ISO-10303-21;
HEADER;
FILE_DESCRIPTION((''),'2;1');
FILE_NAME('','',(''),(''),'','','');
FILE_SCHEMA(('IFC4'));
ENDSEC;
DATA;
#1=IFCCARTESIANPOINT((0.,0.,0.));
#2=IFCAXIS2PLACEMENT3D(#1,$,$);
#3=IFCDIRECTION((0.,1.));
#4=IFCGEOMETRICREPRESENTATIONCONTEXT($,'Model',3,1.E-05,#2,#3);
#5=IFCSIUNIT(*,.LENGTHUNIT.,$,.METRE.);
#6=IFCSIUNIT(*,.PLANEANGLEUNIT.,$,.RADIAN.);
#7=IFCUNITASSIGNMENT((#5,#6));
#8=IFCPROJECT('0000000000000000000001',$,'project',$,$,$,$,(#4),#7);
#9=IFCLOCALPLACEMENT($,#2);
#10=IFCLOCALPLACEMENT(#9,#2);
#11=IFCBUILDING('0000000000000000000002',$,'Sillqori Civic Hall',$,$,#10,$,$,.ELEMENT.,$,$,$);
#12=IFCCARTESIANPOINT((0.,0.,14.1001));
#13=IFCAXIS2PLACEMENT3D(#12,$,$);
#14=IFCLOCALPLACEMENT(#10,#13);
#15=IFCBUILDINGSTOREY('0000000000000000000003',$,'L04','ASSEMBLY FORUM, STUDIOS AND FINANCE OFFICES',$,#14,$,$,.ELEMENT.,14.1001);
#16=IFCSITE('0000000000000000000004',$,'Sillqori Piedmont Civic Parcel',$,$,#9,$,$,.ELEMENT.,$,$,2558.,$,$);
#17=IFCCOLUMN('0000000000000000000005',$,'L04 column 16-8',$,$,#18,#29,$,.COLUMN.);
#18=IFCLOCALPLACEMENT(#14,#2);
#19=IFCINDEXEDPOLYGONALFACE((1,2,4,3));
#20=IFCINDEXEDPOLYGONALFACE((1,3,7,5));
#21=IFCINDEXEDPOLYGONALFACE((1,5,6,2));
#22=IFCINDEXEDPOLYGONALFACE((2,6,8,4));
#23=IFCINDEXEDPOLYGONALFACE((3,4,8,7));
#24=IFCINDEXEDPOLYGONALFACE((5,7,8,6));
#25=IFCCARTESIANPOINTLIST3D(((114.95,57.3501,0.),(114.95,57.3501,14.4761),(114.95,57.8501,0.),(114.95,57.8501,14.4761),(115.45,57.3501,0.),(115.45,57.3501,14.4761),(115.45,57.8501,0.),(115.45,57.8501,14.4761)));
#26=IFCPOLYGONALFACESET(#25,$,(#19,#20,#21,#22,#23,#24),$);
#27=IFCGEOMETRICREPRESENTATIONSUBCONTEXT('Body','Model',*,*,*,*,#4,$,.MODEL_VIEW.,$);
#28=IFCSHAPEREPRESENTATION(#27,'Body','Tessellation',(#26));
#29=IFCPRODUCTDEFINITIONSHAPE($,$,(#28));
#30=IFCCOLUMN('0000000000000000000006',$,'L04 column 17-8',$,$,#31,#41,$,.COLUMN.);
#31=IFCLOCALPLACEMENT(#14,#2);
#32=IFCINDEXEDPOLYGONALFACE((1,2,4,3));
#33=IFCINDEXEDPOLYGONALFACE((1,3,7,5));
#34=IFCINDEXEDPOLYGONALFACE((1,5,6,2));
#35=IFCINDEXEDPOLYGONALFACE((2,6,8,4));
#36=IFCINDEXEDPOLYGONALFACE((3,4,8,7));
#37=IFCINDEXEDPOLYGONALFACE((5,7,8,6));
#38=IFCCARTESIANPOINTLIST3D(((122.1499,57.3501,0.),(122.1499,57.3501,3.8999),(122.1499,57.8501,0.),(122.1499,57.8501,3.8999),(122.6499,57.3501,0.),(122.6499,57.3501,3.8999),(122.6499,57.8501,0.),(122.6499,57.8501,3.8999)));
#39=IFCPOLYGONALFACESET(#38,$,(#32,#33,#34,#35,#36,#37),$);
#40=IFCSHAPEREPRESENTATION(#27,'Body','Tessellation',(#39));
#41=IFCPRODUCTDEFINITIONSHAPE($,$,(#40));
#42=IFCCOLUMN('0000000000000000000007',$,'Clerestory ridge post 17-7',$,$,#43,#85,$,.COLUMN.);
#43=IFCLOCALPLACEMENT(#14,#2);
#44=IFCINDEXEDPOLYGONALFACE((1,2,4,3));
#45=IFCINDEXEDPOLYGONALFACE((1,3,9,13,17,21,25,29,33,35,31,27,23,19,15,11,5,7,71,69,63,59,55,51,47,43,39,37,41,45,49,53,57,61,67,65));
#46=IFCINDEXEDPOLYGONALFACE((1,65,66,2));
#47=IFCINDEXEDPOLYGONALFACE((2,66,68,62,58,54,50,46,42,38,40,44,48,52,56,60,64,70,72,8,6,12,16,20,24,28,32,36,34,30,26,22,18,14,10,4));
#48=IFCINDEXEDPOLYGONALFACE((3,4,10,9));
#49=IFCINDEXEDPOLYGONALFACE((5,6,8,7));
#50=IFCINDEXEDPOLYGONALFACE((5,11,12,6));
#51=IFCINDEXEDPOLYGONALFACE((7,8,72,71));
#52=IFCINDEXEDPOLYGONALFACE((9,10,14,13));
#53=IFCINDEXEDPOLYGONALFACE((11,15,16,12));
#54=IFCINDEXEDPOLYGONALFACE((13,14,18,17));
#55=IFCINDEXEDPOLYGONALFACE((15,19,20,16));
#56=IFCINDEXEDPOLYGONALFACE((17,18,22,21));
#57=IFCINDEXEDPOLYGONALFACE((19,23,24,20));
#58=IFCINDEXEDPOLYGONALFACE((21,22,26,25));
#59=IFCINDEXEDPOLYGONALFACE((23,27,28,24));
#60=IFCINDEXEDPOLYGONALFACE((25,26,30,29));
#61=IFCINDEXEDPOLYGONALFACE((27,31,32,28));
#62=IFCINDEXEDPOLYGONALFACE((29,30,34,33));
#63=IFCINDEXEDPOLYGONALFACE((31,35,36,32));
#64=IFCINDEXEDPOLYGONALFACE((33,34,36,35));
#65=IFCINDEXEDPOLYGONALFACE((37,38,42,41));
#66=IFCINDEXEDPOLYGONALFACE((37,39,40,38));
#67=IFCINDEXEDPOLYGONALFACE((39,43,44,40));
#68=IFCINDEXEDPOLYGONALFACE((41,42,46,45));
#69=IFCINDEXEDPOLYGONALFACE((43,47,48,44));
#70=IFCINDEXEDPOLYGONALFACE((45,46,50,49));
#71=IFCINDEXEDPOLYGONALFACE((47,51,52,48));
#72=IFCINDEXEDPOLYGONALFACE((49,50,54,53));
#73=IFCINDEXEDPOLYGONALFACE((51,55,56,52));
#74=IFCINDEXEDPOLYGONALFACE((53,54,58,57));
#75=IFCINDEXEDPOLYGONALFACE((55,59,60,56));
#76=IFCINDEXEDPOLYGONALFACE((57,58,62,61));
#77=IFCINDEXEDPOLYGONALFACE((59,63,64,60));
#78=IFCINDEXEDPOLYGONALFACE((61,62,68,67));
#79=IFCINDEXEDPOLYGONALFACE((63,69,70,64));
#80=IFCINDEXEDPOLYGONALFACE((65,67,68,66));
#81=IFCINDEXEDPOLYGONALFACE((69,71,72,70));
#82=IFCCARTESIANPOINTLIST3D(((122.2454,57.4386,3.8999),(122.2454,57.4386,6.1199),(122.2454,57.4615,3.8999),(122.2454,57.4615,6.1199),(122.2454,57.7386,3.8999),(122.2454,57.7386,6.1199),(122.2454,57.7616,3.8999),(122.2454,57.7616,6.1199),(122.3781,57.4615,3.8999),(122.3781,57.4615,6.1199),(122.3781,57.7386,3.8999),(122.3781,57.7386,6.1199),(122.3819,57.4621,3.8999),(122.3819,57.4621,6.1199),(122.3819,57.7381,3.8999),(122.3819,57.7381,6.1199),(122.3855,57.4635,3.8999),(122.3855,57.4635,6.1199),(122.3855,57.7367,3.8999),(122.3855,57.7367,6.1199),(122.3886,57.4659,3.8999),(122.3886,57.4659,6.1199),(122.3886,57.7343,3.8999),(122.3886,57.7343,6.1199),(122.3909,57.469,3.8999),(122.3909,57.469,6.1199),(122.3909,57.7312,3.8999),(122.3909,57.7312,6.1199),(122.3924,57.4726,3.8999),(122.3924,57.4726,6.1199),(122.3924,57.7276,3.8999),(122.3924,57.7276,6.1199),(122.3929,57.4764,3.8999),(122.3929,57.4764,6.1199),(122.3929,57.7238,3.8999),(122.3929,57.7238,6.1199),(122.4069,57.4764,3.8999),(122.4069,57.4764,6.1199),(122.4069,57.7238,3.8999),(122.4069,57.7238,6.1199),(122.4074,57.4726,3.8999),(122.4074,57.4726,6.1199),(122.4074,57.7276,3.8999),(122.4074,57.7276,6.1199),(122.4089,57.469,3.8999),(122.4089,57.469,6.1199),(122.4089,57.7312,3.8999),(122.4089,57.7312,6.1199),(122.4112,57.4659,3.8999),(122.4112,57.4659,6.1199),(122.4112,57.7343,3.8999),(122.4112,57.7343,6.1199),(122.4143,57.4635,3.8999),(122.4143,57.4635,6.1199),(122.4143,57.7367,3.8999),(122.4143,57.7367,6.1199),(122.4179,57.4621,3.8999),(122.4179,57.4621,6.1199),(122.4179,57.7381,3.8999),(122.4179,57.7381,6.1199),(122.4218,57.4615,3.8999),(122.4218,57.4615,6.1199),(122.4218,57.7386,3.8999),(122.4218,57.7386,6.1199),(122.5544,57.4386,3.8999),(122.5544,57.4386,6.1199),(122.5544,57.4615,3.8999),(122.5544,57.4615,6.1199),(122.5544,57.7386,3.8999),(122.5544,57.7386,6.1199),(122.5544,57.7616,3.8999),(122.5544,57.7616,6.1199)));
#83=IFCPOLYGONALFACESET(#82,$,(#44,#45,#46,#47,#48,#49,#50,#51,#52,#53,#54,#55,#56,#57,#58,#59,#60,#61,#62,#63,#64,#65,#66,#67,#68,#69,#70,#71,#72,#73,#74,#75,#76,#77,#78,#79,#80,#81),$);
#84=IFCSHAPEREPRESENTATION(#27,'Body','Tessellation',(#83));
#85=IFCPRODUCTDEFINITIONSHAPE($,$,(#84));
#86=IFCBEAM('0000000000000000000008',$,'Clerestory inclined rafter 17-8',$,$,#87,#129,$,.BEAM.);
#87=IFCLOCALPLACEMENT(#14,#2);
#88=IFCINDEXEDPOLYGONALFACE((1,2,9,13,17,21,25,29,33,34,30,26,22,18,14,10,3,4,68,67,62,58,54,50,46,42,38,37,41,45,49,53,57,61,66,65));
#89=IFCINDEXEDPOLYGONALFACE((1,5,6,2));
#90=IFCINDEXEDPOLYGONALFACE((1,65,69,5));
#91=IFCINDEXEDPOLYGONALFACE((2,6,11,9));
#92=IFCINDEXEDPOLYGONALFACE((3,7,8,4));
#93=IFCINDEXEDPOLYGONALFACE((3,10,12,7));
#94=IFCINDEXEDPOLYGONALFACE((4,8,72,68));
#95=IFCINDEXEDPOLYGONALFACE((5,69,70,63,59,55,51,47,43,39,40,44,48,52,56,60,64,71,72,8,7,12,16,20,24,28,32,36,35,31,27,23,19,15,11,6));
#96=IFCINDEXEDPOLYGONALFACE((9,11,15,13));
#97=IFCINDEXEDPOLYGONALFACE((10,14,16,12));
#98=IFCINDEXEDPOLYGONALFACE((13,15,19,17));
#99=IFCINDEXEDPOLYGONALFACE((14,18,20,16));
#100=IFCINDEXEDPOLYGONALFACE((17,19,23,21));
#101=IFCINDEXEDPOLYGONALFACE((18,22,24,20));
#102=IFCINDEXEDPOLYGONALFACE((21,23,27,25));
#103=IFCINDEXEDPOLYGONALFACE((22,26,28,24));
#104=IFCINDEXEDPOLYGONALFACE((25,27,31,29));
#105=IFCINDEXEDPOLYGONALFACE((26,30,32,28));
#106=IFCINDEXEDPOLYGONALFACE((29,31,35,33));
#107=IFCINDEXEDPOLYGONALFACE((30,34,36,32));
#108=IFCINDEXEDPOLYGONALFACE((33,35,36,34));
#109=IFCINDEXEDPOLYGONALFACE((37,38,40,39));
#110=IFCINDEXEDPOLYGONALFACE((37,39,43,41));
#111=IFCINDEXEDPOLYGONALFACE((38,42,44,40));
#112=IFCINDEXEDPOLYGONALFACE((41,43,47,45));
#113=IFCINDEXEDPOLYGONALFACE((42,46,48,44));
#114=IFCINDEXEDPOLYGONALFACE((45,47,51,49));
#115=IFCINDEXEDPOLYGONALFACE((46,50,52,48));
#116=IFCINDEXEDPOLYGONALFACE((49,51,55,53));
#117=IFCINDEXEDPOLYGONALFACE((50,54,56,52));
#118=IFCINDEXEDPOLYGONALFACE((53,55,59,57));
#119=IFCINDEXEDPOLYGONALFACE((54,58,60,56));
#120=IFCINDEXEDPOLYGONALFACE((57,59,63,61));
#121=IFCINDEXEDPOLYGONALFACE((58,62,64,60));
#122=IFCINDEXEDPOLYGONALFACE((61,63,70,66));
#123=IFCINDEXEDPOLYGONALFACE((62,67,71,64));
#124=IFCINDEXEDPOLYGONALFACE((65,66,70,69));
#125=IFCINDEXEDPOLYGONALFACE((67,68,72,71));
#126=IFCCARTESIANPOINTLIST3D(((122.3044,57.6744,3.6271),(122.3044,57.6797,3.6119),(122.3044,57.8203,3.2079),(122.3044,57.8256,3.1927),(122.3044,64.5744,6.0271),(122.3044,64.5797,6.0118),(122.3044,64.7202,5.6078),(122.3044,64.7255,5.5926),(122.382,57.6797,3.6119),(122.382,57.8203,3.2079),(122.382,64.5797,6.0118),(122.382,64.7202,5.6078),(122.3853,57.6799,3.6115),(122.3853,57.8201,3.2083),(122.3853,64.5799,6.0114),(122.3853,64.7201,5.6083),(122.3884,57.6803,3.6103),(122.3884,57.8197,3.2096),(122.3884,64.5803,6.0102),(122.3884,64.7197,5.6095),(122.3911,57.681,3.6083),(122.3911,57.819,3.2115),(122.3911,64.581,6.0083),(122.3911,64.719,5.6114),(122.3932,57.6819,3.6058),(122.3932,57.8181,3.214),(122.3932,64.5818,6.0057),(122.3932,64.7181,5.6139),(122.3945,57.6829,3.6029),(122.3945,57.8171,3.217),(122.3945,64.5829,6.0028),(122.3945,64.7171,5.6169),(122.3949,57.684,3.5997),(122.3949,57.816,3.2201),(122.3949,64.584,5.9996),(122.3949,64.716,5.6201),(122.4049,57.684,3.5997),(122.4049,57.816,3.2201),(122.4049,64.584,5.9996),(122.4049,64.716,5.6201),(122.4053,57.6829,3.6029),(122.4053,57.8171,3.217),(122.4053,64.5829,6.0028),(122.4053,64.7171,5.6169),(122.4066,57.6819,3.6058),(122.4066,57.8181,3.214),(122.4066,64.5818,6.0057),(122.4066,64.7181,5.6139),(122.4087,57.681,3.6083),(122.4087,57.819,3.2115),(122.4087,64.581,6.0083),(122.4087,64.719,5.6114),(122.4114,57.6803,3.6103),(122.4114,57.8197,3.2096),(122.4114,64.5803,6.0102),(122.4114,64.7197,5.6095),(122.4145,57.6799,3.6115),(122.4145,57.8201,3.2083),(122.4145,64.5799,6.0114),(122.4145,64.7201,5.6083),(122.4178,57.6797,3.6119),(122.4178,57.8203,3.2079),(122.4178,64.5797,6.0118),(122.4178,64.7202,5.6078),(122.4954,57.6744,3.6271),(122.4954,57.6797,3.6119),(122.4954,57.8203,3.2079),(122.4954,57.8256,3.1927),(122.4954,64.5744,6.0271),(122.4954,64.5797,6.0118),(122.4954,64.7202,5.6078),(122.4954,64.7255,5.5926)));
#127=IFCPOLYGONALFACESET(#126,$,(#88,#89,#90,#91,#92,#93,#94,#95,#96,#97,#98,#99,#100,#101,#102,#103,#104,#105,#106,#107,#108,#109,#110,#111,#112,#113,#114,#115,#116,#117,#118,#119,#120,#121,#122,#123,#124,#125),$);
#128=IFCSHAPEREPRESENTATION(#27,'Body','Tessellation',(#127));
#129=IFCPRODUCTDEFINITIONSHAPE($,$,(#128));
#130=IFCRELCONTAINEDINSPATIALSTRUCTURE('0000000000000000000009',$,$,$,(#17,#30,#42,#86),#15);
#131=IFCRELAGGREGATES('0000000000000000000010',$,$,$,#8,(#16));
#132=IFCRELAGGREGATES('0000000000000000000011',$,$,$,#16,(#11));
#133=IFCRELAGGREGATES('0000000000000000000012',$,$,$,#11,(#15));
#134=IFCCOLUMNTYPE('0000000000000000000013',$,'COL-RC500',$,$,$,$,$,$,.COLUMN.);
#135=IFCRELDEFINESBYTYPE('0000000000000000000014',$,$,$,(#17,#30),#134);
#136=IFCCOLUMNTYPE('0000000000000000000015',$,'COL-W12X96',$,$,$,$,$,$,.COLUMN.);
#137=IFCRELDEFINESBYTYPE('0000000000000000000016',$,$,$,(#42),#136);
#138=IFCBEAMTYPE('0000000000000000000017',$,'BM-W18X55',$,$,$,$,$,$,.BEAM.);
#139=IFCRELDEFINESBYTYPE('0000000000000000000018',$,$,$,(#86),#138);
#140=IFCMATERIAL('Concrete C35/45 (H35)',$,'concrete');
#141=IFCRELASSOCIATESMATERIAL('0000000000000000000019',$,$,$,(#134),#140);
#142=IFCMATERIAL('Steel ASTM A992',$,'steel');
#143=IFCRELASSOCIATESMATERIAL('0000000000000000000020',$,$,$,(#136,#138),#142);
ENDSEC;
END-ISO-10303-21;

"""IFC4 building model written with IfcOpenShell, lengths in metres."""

from ifc_helpers import new_model, si_unit, direction, frame, origin, origin_2d, place, context, subcontext, project, spatial, rectangle, i_section, extrude, material, material_profile, profile_set, type_object, element, save


model = new_model("IFC4")

# Units and contexts
model_context = context("Model", 3, precision=1e-05, world=origin(), true_north=direction((0.0, 1.0)))
body_context = subcontext(model_context, "Body", "Model", "MODEL_VIEW")
ifc_project = project(units=[si_unit("LENGTHUNIT", "METRE"), si_unit("PLANEANGLEUNIT", "RADIAN")], contexts=[model_context])

# Site, building, storey
site_placement = place(None, origin())
site = spatial("IfcSite", under=ifc_project, at=site_placement, Name="Sillqori Piedmont Civic Parcel", CompositionType="ELEMENT", RefElevation=2558.0)
building_placement = place(site_placement, origin())
building = spatial("IfcBuilding", under=site, at=building_placement, Name="Sillqori Civic Hall", CompositionType="ELEMENT")
storey_placement = place(building_placement, frame((0.0, 0.0, 14.1001)))
storey = spatial("IfcBuildingStorey", under=building, at=storey_placement, Name="L04", Description="ASSEMBLY FORUM, STUDIOS AND FINANCE OFFICES", CompositionType="ELEMENT", Elevation=14.1001)

# Columns
ifc_material_1 = material(Name="Concrete C35/45 (H35)", Category="concrete")
ifc_material_profile_1 = material_profile(ifc_material_1, rectangle(XDim=0.5, YDim=0.5, at=origin_2d()), Name="RC 500x500")
ifc_profile_set_1 = profile_set([ifc_material_profile_1], Name="Concrete C35/45 (H35)")
column_type_1 = type_object("IfcColumnType", Name="COL-RC500", PredefinedType="COLUMN", material=ifc_profile_set_1)
column_1_placement = place(storey_placement, frame((115.2, 57.6001, 0.0), z_axis=(0.0, 0.0, 1.0), x_axis=(1.0, 0.0, 0.0)))
element("IfcColumn", 1, at=column_1_placement, inside=storey, type_object=column_type_1, Name="L04 column 16-8", PredefinedType="COLUMN", context=body_context, shape_type="SweptSolid", body=[
    extrude(rectangle(XDim=0.5, YDim=0.5, at=origin_2d()), origin(), (0.0, 0.0, 1.0), 14.4761),
])
column_2_placement = place(storey_placement, frame((122.3999, 57.6001, 0.0), z_axis=(0.0, 0.0, 1.0), x_axis=(1.0, 0.0, 0.0)))
element("IfcColumn", 2, at=column_2_placement, inside=storey, type_object=column_type_1, Name="L04 column 17-8", PredefinedType="COLUMN", context=body_context, shape_type="SweptSolid", body=[
    extrude(rectangle(XDim=0.5, YDim=0.5, at=origin_2d()), origin(), (0.0, 0.0, 1.0), 3.8999),
])
ifc_material_2 = material(Name="Steel ASTM A992", Category="steel")
ifc_material_profile_2 = material_profile(ifc_material_2, i_section(OverallWidth=0.3091, OverallDepth=0.323, WebThickness=0.0139, FlangeThickness=0.0229, FilletRadius=0.0149, at=origin_2d()), Name="W12X96")
ifc_profile_set_2 = profile_set([ifc_material_profile_2], Name="Steel ASTM A992")
column_type_2 = type_object("IfcColumnType", Name="COL-W12X96", PredefinedType="COLUMN", material=ifc_profile_set_2)
column_3_placement = place(storey_placement, frame((122.3999, 57.6001, 3.8999), z_axis=(0.0, 0.0, 1.0), x_axis=(1.0, 0.0, 0.0)))
element("IfcColumn", 3, at=column_3_placement, inside=storey, type_object=column_type_2, Name="Clerestory ridge post 17-7", PredefinedType="COLUMN", context=body_context, shape_type="SweptSolid", body=[
    extrude(i_section(OverallWidth=0.3091, OverallDepth=0.323, WebThickness=0.0139, FlangeThickness=0.0229, FilletRadius=0.0149, at=origin_2d()), origin(), (0.0, 0.0, 1.0), 2.22),
])

# Beam
ifc_material_profile_3 = material_profile(ifc_material_2, i_section(OverallWidth=0.1909, OverallDepth=0.46, WebThickness=0.01, FlangeThickness=0.0161, FilletRadius=0.0129, at=origin_2d()), Name="W18X55")
ifc_profile_set_3 = profile_set([ifc_material_profile_3], Name="Steel ASTM A992")
beam_type = type_object("IfcBeamType", Name="BM-W18X55", PredefinedType="BEAM", material=ifc_profile_set_3)
beam_placement = place(storey_placement, frame((122.3999, 57.75, 3.4099), z_axis=(0.0, 0.9445, 0.328513), x_axis=(-1.0, 0.0, 0.0)))
element("IfcBeam", 4, at=beam_placement, inside=storey, type_object=beam_type, Name="Clerestory inclined rafter 17-8", PredefinedType="BEAM", context=body_context, shape_type="SweptSolid", body=[
    extrude(i_section(OverallWidth=0.1909, OverallDepth=0.46, WebThickness=0.01, FlangeThickness=0.0161, FilletRadius=0.0129, at=origin_2d()), origin(), (0.0, 0.0, 1.0), 7.3054),
])

save(model, "model.ifc")
